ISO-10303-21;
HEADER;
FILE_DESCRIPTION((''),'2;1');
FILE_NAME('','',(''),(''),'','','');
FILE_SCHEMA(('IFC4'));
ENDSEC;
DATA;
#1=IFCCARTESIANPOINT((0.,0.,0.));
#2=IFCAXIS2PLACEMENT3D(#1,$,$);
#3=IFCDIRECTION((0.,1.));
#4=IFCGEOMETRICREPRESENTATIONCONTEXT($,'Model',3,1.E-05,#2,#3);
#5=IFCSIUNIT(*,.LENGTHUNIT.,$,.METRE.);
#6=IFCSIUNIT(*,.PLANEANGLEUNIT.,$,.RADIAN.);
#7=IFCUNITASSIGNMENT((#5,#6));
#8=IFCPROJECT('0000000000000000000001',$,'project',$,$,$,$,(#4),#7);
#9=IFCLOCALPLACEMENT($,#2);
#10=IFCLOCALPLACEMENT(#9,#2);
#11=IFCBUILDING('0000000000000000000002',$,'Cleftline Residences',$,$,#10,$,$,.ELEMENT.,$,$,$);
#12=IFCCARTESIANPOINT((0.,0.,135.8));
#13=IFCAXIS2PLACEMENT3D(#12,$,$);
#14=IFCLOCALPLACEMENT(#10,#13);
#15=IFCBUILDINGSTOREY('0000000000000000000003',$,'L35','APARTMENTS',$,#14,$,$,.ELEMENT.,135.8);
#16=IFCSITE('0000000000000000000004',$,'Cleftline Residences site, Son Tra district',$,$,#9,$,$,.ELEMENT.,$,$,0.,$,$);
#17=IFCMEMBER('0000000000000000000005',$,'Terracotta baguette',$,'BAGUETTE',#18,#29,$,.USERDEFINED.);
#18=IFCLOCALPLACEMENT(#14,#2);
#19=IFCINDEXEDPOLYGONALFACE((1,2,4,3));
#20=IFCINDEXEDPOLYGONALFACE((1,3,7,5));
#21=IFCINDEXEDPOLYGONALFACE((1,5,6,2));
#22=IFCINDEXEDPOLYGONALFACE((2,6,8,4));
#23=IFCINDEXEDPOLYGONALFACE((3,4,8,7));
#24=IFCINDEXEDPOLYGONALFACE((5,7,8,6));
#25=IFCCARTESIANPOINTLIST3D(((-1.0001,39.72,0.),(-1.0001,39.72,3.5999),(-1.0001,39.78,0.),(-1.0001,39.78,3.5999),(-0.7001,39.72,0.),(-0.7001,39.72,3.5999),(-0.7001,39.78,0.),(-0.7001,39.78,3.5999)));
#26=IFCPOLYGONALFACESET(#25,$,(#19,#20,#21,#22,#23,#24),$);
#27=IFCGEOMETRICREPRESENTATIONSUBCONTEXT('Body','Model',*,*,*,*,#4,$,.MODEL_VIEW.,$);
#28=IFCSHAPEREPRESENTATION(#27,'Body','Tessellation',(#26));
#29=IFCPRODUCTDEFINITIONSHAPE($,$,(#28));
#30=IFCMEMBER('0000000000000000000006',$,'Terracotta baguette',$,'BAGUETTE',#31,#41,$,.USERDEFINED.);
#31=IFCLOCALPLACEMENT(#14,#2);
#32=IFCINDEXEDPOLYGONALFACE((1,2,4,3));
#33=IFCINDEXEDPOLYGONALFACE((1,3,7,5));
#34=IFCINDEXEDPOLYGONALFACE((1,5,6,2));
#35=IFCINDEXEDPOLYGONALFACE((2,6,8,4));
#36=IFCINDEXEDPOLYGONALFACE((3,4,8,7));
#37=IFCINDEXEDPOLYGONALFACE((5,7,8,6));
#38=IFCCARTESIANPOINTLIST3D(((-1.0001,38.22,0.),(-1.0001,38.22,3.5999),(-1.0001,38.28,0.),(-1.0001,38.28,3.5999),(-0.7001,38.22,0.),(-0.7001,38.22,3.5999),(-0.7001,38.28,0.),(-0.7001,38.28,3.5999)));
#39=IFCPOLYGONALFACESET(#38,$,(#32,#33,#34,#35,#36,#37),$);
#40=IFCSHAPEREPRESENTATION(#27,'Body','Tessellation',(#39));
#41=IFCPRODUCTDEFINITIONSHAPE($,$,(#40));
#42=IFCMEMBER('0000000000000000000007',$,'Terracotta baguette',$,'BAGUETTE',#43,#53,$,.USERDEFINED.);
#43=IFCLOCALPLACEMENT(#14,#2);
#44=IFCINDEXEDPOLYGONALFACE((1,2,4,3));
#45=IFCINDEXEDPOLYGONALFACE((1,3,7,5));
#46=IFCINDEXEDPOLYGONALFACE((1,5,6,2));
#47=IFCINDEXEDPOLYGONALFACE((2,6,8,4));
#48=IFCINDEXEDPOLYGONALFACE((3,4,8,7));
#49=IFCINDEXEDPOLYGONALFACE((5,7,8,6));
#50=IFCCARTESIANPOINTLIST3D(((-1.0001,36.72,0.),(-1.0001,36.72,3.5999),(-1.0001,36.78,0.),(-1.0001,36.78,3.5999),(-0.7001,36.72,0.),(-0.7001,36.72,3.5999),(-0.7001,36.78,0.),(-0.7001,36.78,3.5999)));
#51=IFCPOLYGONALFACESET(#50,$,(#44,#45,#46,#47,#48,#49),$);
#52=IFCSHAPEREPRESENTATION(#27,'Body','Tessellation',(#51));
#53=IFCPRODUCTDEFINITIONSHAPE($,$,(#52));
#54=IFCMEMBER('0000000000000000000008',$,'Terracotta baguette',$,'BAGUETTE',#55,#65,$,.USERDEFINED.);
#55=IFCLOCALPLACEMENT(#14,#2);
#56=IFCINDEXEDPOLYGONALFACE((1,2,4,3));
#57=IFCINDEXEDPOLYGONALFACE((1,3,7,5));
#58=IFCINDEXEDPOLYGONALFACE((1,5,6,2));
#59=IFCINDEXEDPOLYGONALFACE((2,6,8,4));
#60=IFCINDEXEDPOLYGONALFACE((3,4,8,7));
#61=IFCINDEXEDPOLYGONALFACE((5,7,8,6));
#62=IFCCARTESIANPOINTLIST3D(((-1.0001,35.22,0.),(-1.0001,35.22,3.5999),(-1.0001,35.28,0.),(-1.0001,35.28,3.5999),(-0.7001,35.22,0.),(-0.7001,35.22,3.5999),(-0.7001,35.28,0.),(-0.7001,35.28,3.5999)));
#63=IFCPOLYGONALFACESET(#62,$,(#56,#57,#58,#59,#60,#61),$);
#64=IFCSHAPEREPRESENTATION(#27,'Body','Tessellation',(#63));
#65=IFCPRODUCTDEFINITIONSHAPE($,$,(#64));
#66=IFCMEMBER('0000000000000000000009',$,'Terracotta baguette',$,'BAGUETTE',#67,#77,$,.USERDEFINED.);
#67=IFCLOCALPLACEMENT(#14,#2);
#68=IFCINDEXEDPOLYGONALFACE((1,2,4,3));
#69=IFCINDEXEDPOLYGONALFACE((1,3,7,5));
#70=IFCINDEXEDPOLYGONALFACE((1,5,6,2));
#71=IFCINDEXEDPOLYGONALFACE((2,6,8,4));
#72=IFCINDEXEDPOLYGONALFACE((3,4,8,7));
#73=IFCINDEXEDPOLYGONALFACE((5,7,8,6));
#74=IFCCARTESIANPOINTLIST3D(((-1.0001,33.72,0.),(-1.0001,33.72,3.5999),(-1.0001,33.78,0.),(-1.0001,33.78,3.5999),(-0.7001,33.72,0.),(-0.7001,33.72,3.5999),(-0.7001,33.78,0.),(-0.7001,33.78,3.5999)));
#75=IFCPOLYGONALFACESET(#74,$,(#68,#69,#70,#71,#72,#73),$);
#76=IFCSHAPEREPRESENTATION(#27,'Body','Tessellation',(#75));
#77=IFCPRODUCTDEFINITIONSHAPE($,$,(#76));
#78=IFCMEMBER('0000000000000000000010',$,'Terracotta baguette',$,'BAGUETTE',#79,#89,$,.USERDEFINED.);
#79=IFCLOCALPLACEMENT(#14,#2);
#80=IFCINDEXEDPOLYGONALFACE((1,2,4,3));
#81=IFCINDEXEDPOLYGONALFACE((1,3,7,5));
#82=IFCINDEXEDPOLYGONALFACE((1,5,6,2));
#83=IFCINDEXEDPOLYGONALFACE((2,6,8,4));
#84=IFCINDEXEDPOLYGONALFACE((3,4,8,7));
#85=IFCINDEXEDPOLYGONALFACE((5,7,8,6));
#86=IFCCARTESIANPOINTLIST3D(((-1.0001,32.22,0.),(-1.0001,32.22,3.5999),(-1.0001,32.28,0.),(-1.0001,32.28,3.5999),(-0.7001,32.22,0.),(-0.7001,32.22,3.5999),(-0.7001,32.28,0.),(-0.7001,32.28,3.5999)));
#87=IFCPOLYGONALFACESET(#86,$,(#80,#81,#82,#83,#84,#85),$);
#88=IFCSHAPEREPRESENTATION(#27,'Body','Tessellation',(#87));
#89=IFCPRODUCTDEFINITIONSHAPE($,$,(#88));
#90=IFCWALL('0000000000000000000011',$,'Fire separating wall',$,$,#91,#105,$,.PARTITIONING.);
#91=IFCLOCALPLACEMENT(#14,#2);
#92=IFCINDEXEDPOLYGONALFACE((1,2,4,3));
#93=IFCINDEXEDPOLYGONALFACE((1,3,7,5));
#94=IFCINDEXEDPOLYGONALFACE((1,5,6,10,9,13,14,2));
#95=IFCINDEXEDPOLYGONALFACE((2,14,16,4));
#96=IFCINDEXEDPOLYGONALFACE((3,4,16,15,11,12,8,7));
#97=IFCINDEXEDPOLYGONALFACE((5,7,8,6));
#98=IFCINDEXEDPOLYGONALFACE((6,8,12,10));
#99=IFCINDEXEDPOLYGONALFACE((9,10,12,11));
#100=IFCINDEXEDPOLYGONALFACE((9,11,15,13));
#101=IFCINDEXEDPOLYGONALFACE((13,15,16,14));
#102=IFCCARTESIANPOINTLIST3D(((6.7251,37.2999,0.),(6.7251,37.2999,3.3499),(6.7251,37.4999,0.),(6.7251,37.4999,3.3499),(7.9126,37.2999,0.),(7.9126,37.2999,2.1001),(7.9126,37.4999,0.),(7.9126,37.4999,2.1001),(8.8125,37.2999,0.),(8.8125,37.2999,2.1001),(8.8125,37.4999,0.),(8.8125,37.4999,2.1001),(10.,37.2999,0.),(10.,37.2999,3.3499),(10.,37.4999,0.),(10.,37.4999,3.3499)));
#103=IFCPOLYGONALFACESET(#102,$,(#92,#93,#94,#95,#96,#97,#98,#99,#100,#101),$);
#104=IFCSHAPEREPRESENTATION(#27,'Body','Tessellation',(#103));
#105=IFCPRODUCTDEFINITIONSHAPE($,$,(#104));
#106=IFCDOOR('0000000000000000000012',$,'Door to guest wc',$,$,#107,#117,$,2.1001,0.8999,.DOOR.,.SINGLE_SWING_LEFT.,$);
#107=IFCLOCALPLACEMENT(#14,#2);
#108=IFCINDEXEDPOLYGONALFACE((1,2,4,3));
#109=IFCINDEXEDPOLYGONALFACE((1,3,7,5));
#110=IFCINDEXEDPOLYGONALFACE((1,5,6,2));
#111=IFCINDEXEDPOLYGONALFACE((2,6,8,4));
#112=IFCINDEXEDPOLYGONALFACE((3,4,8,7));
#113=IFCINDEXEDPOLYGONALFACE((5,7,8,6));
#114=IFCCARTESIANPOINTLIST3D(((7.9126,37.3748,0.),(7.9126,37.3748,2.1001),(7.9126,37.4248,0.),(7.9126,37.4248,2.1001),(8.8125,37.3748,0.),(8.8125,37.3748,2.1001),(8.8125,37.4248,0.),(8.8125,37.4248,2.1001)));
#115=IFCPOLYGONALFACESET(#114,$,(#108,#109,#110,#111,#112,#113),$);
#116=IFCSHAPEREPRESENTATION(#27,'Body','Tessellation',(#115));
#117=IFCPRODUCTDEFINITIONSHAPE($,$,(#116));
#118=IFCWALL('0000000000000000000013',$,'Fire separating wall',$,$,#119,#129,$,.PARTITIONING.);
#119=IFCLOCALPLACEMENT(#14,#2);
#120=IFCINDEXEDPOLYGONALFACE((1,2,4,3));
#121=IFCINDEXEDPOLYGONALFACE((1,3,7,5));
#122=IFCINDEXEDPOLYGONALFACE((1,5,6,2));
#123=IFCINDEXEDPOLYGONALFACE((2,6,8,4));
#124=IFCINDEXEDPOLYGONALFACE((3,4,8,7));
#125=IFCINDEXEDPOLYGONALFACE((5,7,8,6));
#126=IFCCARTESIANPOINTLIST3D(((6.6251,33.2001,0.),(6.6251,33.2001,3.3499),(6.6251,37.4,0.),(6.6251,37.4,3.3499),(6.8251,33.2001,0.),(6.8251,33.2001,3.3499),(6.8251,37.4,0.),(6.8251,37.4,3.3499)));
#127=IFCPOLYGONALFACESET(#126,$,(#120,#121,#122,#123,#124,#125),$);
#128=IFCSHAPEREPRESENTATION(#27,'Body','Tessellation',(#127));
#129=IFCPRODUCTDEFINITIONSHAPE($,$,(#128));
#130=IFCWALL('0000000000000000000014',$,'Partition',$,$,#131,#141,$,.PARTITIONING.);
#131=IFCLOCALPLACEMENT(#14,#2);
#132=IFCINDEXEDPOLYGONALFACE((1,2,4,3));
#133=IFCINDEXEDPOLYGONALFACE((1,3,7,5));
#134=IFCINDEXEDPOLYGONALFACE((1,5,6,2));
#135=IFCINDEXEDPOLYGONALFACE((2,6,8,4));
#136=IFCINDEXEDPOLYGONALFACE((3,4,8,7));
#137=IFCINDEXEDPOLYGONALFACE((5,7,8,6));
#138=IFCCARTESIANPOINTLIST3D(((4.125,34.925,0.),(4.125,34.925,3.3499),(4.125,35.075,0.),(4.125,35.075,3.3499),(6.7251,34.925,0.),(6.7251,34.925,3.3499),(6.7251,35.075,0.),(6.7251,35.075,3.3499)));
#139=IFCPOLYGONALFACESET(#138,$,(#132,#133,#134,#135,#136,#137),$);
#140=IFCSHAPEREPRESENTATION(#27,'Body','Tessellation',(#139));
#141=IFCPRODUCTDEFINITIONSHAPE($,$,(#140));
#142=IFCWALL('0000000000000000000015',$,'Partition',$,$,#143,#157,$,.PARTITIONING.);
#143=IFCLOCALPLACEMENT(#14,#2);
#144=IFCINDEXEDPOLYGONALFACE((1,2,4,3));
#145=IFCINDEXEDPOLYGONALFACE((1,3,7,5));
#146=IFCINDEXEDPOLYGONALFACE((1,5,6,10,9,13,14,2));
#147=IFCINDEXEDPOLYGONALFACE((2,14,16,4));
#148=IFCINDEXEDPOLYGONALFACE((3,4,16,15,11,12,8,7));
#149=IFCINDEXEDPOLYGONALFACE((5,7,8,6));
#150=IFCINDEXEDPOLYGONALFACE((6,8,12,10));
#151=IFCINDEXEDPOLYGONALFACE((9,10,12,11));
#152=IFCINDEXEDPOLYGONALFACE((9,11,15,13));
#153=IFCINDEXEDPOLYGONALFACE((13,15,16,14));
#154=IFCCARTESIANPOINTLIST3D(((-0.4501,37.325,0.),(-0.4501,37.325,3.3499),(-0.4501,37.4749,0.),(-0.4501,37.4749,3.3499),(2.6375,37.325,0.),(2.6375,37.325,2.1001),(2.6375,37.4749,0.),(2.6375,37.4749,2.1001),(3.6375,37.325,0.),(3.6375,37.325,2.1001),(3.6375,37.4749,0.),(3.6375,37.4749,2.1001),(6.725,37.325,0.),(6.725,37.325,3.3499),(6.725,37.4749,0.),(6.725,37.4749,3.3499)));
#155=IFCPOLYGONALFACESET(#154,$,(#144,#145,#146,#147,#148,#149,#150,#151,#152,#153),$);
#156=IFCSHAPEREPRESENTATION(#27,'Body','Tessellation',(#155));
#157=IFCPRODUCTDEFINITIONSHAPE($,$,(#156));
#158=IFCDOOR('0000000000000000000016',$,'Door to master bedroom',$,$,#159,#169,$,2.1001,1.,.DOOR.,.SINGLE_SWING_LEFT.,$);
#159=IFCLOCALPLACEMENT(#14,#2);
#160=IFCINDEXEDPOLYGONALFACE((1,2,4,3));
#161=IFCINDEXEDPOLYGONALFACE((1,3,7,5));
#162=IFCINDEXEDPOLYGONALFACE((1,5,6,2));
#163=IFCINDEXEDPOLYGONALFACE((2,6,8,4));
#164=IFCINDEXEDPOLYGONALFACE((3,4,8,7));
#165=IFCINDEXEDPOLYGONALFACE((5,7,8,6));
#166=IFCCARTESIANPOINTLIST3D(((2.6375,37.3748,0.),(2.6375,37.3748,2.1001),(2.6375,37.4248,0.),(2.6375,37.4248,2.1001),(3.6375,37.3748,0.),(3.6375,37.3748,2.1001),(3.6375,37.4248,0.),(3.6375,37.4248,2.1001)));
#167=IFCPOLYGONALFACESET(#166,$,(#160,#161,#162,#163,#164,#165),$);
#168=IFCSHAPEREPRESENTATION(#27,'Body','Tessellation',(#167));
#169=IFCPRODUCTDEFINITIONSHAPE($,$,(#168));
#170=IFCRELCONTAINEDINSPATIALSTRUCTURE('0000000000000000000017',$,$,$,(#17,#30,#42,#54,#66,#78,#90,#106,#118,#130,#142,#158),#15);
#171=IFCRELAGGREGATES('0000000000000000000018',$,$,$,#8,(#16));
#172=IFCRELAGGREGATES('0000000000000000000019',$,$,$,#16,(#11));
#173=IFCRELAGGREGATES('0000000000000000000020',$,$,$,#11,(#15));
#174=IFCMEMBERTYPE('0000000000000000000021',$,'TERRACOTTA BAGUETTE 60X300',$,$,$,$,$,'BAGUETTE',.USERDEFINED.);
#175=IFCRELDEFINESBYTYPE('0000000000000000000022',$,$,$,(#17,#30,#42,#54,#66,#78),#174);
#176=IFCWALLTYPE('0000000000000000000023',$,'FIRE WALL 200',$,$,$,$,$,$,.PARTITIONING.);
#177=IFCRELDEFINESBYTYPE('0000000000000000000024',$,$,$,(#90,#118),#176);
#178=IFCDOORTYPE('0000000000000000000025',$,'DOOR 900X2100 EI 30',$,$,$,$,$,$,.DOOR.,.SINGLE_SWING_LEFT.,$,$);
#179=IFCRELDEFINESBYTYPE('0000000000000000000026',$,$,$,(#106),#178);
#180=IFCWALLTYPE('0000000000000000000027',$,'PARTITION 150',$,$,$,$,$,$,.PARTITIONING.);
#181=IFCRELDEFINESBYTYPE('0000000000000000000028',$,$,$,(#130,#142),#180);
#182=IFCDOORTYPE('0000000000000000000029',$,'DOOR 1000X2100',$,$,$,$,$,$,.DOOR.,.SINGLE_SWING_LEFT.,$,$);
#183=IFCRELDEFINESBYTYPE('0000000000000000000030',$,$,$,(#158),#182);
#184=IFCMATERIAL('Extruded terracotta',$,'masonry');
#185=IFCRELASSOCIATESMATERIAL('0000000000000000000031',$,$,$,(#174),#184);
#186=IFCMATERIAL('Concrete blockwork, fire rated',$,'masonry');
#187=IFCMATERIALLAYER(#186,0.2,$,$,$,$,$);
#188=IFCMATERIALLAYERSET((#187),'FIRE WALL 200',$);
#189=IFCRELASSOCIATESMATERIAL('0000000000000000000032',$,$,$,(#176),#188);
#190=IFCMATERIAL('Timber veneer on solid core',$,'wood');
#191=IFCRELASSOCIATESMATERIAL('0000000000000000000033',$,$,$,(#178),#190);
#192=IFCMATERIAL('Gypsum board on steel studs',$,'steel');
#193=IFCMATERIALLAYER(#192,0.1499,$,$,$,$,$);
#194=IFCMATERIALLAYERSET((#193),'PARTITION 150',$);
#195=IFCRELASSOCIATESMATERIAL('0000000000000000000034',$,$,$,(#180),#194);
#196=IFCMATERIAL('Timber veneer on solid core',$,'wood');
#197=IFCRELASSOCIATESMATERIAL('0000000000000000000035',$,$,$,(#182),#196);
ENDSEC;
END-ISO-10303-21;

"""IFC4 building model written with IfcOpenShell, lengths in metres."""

from ifc_helpers import new_model, si_unit, direction, frame, frame_2d, origin, origin_2d, place, context, subcontext, project, spatial, rectangle, extrude, material, layer, layer_set, material_profile, profile_set, type_object, element, fill, save


model = new_model("IFC4")

# Units and contexts
model_context = context("Model", 3, precision=1e-05, world=origin(), true_north=direction((0.0, 1.0)))
body_context = subcontext(model_context, "Body", "Model", "MODEL_VIEW")
ifc_project = project(units=[si_unit("LENGTHUNIT", "METRE"), si_unit("PLANEANGLEUNIT", "RADIAN")], contexts=[model_context])

# Site, building, storey
site_placement = place(None, origin())
site = spatial("IfcSite", under=ifc_project, at=site_placement, Name="Cleftline Residences site, Son Tra district", CompositionType="ELEMENT", RefElevation=0.0)
building_placement = place(site_placement, origin())
building = spatial("IfcBuilding", under=site, at=building_placement, Name="Cleftline Residences", CompositionType="ELEMENT")
storey_placement = place(building_placement, frame((0.0, 0.0, 135.8)))
storey = spatial("IfcBuildingStorey", under=building, at=storey_placement, Name="L35", Description="APARTMENTS", CompositionType="ELEMENT", Elevation=135.8)

# Members
ifc_material_1 = material(Name="Extruded terracotta", Category="masonry")
ifc_material_profile = material_profile(ifc_material_1, rectangle(XDim=0.0601, YDim=0.3, at=origin_2d()))
ifc_profile_set = profile_set([ifc_material_profile], Name="Extruded terracotta")
member_type = type_object("IfcMemberType", Name="TERRACOTTA BAGUETTE 60X300", ElementType="BAGUETTE", PredefinedType="USERDEFINED", material=ifc_profile_set)
for number, where, z_axis, x_axis, name in (
    (1, (-0.8501, 39.75, 0.0), (0.0, 0.0, 1.0), (0.0, 1.0, 0.0), "Terracotta baguette"),
    (2, (-0.8501, 38.25, 0.0), (0.0, 0.0, 1.0), (0.0, 1.0, 0.0), "Terracotta baguette"),
    (3, (-0.8501, 36.75, 0.0), (0.0, 0.0, 1.0), (0.0, 1.0, 0.0), "Terracotta baguette"),
    (4, (-0.8501, 35.25, 0.0), (0.0, 0.0, 1.0), (0.0, 1.0, 0.0), "Terracotta baguette"),
    (5, (-0.8501, 33.75, 0.0), (0.0, 0.0, 1.0), (0.0, 1.0, 0.0), "Terracotta baguette"),
    (6, (-0.8501, 32.25, 0.0), (0.0, 0.0, 1.0), (0.0, 1.0, 0.0), "Terracotta baguette"),
):
    element("IfcMember", number, at=place(storey_placement, frame(where, z_axis=z_axis, x_axis=x_axis)), inside=storey, type_object=member_type, Name=name, ObjectType="BAGUETTE", PredefinedType="USERDEFINED", context=body_context, shape_type="SweptSolid", body=[
        extrude(rectangle(XDim=0.0601, YDim=0.3, at=origin_2d()), origin(), (0.0, 0.0, 1.0), 3.5999),
    ])

# Wall, opening, door
ifc_material_2 = material(Name="Concrete blockwork, fire rated", Category="masonry")
ifc_layer_1 = layer(ifc_material_2, 0.2)
ifc_layer_set_1 = layer_set([ifc_layer_1], Name="FIRE WALL 200")
wall_type_1 = type_object("IfcWallType", Name="FIRE WALL 200", PredefinedType="PARTITIONING", material=ifc_layer_set_1)
wall_1_placement = place(storey_placement, frame((6.7251, 37.3999, 0.0), z_axis=(0.0, 0.0, 1.0), x_axis=(1.0, 0.0, 0.0)))
wall_1 = element("IfcWall", 7, at=wall_1_placement, inside=storey, type_object=wall_type_1, Name="Fire separating wall", PredefinedType="PARTITIONING", context=body_context, shape_type="SweptSolid", body=[
    extrude(rectangle(XDim=3.2749, YDim=0.2, at=frame_2d((1.6375, 0.0))), origin(), (0.0, 0.0, 1.0), 3.3499),
])
opening_1_placement = place(wall_1_placement, frame((1.1875, 0.0, 0.0)))
opening_1 = element("IfcOpeningElement", 8, at=opening_1_placement, cuts=wall_1, PredefinedType="OPENING", context=body_context, shape_type="SweptSolid", body=[
    extrude(rectangle(XDim=0.8999, YDim=2.1001, at=frame_2d((0.45, 1.05))), frame((0.0, 0.1099, 0.0), z_axis=(0.0, -1.0, 0.0), x_axis=(1.0, 0.0, 0.0)), (0.0, 0.0, 1.0), 0.22),
])
ifc_material_3 = material(Name="Timber veneer on solid core", Category="wood")
door_type_1 = type_object("IfcDoorType", Name="DOOR 900X2100 EI 30", OperationType="SINGLE_SWING_LEFT", PredefinedType="DOOR", material=ifc_material_3)
door_1_placement = place(opening_1_placement, origin())
door_1 = element("IfcDoor", 9, at=door_1_placement, inside=storey, type_object=door_type_1, Name="Door to guest wc", OperationType="SINGLE_SWING_LEFT", OverallHeight=2.1001, OverallWidth=0.8999, PredefinedType="DOOR", context=body_context, shape_type="SweptSolid", body=[
    extrude(rectangle(XDim=0.8999, YDim=2.1001, at=frame_2d((0.45, 1.05))), frame((0.0, 0.0249, 0.0), z_axis=(0.0, -1.0, 0.0), x_axis=(1.0, 0.0, 0.0)), (0.0, 0.0, 1.0), 0.05),
])
fill(opening_1, door_1)

# Walls
wall_2_placement = place(storey_placement, frame((6.7251, 33.2, 0.0), z_axis=(0.0, 0.0, 1.0), x_axis=(0.0, 1.0, 0.0)))
element("IfcWall", 10, at=wall_2_placement, inside=storey, type_object=wall_type_1, Name="Fire separating wall", PredefinedType="PARTITIONING", context=body_context, shape_type="SweptSolid", body=[
    extrude(rectangle(XDim=4.2, YDim=0.2, at=frame_2d((2.1001, 0.0))), origin(), (0.0, 0.0, 1.0), 3.3499),
])
ifc_material_4 = material(Name="Gypsum board on steel studs", Category="steel")
ifc_layer_2 = layer(ifc_material_4, 0.1499)
ifc_layer_set_2 = layer_set([ifc_layer_2], Name="PARTITION 150")
wall_type_2 = type_object("IfcWallType", Name="PARTITION 150", PredefinedType="PARTITIONING", material=ifc_layer_set_2)
wall_3_placement = place(storey_placement, frame((4.125, 35.0, 0.0), z_axis=(0.0, 0.0, 1.0), x_axis=(1.0, 0.0, 0.0)))
element("IfcWall", 11, at=wall_3_placement, inside=storey, type_object=wall_type_2, Name="Partition", PredefinedType="PARTITIONING", context=body_context, shape_type="SweptSolid", body=[
    extrude(rectangle(XDim=2.6001, YDim=0.1499, at=frame_2d((1.3, 0.0))), origin(), (0.0, 0.0, 1.0), 3.3499),
])

# Wall, opening, door
wall_4_placement = place(storey_placement, frame((-0.45, 37.3999, 0.0), z_axis=(0.0, 0.0, 1.0), x_axis=(1.0, 0.0, 0.0)))
wall_4 = element("IfcWall", 12, at=wall_4_placement, inside=storey, type_object=wall_type_2, Name="Partition", PredefinedType="PARTITIONING", context=body_context, shape_type="SweptSolid", body=[
    extrude(rectangle(XDim=7.175, YDim=0.1499, at=frame_2d((3.5874, 0.0))), origin(), (0.0, 0.0, 1.0), 3.3499),
])
opening_2_placement = place(wall_4_placement, frame((3.0874, 0.0, 0.0)))
opening_2 = element("IfcOpeningElement", 13, at=opening_2_placement, cuts=wall_4, PredefinedType="OPENING", context=body_context, shape_type="SweptSolid", body=[
    extrude(rectangle(XDim=1.0, YDim=2.1001, at=frame_2d((0.5, 1.05))), frame((0.0, 0.085, 0.0), z_axis=(0.0, -1.0, 0.0), x_axis=(1.0, 0.0, 0.0)), (0.0, 0.0, 1.0), 0.1699),
])
ifc_material_5 = material(Name="Timber veneer on solid core", Category="wood")
door_type_2 = type_object("IfcDoorType", Name="DOOR 1000X2100", OperationType="SINGLE_SWING_LEFT", PredefinedType="DOOR", material=ifc_material_5)
door_2_placement = place(opening_2_placement, origin())
door_2 = element("IfcDoor", 14, at=door_2_placement, inside=storey, type_object=door_type_2, Name="Door to master bedroom", OperationType="SINGLE_SWING_LEFT", OverallHeight=2.1001, OverallWidth=1.0, PredefinedType="DOOR", context=body_context, shape_type="SweptSolid", body=[
    extrude(rectangle(XDim=1.0, YDim=2.1001, at=frame_2d((0.5, 1.05))), frame((0.0, 0.0249, 0.0), z_axis=(0.0, -1.0, 0.0), x_axis=(1.0, 0.0, 0.0)), (0.0, 0.0, 1.0), 0.05),
])
fill(opening_2, door_2)

save(model, "model.ifc")
